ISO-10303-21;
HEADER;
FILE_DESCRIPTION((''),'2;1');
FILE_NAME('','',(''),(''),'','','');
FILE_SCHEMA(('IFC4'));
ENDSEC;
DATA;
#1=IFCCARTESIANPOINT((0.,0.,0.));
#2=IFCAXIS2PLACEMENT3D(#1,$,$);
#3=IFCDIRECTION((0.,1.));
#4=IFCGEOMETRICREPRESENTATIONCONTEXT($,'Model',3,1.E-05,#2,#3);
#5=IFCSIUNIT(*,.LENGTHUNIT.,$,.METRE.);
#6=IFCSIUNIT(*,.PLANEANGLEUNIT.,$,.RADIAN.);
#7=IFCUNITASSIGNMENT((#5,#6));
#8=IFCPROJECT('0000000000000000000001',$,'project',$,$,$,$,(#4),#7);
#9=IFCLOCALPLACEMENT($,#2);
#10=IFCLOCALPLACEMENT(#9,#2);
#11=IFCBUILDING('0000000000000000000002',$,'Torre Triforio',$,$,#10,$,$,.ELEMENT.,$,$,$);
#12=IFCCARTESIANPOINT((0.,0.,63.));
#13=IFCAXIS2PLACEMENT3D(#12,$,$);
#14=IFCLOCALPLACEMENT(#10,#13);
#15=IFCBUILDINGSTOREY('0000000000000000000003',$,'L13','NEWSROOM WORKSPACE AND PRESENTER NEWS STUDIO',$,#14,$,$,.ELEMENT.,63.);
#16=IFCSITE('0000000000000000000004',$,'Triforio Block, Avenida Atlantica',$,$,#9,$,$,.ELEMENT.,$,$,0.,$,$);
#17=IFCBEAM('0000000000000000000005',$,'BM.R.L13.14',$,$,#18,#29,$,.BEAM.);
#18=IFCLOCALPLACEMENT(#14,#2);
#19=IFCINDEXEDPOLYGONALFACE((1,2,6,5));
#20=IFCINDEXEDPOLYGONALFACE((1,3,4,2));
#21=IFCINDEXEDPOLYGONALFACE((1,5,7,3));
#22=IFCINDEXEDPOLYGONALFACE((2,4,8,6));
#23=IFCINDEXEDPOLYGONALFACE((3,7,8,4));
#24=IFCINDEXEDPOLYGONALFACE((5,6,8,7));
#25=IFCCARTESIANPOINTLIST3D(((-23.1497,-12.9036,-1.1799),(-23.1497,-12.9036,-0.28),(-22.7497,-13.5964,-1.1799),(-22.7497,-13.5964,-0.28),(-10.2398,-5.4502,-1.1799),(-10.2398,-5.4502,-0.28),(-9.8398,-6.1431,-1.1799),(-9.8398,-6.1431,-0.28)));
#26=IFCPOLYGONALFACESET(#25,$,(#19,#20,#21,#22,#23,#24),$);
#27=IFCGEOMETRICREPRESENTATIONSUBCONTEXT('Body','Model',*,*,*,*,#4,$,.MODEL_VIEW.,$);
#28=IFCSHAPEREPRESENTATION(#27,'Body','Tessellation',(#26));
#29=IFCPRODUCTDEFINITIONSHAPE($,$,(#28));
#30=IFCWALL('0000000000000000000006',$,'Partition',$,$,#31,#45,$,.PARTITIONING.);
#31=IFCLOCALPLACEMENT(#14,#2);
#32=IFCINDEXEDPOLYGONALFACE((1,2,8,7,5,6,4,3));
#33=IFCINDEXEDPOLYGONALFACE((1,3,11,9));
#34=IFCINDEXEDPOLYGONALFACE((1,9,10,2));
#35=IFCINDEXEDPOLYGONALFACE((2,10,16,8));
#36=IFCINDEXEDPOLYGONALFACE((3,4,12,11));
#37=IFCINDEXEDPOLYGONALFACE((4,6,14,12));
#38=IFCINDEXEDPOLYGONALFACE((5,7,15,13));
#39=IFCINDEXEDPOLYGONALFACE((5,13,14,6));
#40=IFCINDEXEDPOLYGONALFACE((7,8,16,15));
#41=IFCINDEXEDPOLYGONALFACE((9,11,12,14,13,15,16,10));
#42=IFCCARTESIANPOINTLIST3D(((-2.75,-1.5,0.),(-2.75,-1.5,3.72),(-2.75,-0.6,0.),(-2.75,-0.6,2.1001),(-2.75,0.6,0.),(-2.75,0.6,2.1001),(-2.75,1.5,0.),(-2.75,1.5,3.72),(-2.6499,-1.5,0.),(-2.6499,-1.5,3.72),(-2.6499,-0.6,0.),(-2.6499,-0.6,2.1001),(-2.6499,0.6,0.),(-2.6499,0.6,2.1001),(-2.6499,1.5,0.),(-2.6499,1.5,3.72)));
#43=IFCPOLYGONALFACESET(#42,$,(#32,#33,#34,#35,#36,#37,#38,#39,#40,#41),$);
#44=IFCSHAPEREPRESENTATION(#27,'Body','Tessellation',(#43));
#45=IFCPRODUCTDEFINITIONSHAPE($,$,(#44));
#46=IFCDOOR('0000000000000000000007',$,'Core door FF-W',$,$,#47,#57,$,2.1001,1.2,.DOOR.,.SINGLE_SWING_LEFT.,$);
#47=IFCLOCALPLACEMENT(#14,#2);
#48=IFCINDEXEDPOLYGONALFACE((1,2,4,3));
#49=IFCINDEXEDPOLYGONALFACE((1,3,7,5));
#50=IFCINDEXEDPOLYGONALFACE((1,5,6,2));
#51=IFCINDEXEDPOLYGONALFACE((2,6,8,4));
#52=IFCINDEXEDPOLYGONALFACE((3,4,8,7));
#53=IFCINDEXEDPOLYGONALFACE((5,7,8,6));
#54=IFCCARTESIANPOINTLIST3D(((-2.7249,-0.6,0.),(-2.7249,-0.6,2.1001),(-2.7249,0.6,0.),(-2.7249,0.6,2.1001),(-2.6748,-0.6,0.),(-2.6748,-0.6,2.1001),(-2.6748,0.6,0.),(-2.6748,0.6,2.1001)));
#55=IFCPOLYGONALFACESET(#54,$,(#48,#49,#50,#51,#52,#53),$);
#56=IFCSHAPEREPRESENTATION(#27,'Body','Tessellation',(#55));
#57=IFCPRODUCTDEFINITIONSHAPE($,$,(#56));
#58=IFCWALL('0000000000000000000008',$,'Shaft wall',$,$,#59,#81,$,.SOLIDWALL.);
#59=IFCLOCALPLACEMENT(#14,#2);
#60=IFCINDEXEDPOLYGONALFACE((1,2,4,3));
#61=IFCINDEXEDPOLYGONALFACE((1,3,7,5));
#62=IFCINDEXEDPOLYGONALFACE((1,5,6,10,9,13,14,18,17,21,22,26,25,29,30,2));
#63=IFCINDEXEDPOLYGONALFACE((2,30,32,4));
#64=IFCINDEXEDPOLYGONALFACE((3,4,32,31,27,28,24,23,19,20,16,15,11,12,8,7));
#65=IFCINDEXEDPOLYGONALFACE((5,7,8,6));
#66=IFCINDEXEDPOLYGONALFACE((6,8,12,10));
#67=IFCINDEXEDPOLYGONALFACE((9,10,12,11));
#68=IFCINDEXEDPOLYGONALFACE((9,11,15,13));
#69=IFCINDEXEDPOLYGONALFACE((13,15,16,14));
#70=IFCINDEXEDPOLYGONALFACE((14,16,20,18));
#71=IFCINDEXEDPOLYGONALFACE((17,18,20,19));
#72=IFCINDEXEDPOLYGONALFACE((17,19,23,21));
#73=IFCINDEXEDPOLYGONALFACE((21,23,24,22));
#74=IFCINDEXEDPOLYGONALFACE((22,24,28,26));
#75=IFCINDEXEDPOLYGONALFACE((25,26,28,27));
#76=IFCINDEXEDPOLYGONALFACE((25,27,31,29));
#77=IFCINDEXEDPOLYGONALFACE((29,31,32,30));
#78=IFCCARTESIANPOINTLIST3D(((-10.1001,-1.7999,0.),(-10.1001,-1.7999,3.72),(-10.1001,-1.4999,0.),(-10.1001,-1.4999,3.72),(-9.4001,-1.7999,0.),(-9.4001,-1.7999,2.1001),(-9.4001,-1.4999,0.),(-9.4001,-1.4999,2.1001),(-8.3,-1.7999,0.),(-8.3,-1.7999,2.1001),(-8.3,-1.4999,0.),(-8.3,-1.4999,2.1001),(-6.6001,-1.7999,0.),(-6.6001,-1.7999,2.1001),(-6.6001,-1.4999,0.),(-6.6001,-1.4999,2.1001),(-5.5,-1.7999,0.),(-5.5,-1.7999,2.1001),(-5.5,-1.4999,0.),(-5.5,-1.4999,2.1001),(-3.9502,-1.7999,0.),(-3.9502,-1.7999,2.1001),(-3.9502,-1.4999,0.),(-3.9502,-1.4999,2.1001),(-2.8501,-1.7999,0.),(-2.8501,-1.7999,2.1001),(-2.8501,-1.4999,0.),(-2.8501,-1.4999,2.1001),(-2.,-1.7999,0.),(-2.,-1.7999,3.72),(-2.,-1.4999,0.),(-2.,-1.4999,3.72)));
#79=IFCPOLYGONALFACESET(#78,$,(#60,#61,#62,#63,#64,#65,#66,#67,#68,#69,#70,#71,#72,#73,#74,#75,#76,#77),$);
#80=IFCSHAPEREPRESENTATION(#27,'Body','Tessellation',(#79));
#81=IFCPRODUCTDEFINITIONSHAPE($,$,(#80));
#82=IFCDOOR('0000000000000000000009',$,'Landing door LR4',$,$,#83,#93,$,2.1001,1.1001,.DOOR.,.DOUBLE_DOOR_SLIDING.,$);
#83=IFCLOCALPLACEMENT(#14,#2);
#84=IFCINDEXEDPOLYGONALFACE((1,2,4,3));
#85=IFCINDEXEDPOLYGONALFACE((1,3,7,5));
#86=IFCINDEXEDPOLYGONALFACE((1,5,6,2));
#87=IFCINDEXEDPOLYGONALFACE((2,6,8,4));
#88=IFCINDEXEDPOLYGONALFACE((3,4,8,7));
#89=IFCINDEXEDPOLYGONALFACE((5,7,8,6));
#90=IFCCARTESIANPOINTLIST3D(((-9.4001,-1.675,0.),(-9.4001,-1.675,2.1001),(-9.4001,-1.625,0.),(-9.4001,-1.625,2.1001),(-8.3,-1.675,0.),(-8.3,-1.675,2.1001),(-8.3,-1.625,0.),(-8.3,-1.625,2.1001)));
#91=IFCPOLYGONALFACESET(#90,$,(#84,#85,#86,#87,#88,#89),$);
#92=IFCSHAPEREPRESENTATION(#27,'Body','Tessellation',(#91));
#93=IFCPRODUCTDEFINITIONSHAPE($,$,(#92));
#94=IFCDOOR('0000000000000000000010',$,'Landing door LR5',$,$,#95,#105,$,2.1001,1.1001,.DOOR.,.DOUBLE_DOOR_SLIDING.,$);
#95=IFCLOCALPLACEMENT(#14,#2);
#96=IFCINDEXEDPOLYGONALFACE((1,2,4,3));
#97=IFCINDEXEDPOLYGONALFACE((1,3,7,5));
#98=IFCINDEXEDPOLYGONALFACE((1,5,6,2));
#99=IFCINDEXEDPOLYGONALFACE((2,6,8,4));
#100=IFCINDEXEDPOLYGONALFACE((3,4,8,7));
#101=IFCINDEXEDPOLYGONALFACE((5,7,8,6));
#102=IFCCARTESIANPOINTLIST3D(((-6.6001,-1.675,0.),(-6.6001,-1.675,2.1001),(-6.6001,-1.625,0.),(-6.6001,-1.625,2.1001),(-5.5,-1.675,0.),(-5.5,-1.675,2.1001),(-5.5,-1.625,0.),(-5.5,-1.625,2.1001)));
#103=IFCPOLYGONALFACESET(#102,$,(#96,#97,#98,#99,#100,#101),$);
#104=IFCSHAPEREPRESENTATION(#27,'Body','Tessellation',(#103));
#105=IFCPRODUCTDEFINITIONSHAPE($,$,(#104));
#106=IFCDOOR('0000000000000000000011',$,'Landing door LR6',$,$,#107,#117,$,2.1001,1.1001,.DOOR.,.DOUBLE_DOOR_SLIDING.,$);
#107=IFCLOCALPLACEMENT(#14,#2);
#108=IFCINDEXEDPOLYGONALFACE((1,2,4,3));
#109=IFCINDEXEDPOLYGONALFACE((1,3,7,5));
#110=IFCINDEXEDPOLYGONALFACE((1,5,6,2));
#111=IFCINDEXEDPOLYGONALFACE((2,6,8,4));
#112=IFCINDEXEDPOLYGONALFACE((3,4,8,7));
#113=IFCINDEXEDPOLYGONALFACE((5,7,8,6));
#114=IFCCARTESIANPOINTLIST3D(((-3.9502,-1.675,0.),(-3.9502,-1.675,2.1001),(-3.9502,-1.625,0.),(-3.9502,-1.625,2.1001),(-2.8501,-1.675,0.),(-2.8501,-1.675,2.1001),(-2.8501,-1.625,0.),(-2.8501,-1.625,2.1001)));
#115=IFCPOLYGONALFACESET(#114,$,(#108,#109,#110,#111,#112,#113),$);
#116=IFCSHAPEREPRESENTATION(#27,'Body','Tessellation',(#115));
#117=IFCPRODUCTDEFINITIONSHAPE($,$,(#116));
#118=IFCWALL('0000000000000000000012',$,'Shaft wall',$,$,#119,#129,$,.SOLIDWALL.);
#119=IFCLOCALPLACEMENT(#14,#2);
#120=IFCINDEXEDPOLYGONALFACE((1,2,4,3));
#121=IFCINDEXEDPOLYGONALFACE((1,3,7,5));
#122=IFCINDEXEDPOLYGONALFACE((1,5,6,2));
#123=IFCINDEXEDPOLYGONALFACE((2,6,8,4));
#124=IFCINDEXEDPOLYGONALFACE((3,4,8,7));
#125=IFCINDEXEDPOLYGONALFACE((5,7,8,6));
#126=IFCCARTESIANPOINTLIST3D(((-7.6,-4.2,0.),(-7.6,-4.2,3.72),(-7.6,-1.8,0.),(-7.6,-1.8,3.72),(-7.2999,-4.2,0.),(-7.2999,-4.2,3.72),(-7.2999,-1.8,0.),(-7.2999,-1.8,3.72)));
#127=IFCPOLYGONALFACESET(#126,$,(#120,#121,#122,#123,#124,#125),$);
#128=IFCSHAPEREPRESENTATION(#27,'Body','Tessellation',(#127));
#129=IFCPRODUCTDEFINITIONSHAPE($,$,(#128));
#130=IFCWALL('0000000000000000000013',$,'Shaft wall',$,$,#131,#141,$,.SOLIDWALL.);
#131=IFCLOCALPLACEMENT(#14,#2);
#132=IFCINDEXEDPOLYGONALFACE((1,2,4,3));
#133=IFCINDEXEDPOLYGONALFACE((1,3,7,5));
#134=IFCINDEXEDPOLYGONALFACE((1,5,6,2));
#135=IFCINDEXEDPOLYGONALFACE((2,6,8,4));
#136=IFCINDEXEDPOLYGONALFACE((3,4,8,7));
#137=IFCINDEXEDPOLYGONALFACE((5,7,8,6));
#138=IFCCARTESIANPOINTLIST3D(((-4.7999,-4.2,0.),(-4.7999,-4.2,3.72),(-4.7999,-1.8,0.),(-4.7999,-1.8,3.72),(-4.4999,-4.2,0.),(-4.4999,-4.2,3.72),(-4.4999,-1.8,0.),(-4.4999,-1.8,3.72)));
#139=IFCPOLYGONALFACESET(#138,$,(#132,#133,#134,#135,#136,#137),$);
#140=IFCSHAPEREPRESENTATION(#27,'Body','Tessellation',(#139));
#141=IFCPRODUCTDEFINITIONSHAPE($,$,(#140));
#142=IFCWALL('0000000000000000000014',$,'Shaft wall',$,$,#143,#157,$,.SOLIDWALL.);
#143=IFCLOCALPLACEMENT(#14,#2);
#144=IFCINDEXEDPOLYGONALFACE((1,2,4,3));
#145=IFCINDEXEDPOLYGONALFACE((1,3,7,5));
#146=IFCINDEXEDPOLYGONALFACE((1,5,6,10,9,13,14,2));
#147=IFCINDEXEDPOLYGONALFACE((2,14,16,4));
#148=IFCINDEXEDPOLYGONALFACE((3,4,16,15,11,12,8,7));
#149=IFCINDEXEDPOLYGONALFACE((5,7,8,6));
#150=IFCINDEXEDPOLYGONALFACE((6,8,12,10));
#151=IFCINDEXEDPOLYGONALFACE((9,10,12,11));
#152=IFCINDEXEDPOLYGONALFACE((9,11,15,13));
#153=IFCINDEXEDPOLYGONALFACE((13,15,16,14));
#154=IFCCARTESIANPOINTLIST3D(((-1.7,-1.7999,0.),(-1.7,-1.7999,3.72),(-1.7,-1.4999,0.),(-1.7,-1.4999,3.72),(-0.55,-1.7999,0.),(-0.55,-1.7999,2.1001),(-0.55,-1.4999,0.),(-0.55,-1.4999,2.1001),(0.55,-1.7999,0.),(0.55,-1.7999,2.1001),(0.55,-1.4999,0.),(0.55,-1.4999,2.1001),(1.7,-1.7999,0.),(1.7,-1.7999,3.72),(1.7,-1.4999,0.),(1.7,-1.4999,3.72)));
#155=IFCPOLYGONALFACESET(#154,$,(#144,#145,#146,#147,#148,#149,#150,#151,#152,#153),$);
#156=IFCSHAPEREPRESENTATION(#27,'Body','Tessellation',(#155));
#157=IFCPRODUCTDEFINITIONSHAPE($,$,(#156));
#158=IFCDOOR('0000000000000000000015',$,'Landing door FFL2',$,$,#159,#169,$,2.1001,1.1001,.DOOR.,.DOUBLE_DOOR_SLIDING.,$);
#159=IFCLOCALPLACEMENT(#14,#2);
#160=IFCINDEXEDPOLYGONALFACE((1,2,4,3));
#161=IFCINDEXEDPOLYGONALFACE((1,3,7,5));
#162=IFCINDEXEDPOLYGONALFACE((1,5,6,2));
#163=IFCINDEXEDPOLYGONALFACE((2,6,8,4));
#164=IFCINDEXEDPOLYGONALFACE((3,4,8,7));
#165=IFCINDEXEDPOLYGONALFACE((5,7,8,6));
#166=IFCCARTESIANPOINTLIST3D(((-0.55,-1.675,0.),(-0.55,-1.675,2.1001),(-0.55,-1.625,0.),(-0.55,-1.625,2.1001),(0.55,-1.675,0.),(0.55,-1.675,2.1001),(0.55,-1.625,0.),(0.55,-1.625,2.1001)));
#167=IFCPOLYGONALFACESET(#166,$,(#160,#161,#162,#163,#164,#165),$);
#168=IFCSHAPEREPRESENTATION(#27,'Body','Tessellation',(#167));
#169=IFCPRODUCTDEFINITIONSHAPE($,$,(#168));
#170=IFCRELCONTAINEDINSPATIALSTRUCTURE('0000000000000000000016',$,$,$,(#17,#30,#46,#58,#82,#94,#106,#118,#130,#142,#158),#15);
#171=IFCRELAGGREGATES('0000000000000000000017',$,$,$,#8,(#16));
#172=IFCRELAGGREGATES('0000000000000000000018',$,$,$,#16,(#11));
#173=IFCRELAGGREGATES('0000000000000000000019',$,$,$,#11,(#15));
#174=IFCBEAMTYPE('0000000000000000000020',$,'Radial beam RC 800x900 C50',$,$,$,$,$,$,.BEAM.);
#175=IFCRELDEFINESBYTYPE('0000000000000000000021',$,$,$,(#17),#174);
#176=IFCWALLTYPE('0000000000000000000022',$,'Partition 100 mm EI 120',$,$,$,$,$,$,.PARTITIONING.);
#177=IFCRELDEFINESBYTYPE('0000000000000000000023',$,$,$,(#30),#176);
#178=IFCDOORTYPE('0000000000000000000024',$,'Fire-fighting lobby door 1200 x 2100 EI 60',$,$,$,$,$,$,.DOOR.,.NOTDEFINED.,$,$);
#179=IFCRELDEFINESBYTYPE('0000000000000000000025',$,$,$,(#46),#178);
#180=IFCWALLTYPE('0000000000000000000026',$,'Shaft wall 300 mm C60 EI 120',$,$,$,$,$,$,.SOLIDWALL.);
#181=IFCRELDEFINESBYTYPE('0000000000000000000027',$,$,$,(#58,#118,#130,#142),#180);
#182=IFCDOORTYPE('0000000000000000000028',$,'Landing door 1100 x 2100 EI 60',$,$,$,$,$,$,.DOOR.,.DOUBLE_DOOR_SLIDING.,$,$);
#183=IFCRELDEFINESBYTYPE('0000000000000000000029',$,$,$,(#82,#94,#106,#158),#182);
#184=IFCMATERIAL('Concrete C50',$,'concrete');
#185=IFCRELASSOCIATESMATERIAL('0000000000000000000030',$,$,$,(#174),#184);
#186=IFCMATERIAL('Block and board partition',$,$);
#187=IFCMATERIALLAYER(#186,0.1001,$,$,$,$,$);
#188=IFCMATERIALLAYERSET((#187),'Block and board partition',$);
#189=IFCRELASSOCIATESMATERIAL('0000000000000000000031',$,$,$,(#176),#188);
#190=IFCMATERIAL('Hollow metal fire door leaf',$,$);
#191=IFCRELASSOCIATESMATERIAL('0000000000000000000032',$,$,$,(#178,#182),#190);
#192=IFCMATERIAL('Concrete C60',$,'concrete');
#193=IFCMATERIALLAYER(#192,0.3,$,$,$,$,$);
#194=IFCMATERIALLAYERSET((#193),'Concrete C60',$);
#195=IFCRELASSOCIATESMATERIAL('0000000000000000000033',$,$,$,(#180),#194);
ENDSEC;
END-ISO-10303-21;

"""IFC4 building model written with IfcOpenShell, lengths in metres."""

from ifc_helpers import new_model, si_unit, direction, frame, frame_2d, origin, origin_2d, place, context, subcontext, project, spatial, rectangle, extrude, material, layer, layer_set, material_profile, profile_set, type_object, element, fill, save


model = new_model("IFC4")

# Units and contexts
model_context = context("Model", 3, precision=1e-05, world=origin(), true_north=direction((0.0, 1.0)))
body_context = subcontext(model_context, "Body", "Model", "MODEL_VIEW")
ifc_project = project(units=[si_unit("LENGTHUNIT", "METRE"), si_unit("PLANEANGLEUNIT", "RADIAN")], contexts=[model_context])

# Site, building, storey
site_placement = place(None, origin())
site = spatial("IfcSite", under=ifc_project, at=site_placement, Name="Triforio Block, Avenida Atlantica", CompositionType="ELEMENT", RefElevation=0.0)
building_placement = place(site_placement, origin())
building = spatial("IfcBuilding", under=site, at=building_placement, Name="Torre Triforio", CompositionType="ELEMENT")
storey_placement = place(building_placement, frame((0.0, 0.0, 63.0)))
storey = spatial("IfcBuildingStorey", under=building, at=storey_placement, Name="L13", Description="NEWSROOM WORKSPACE AND PRESENTER NEWS STUDIO", CompositionType="ELEMENT", Elevation=63.0)

# Beam
ifc_material_1 = material(Name="Concrete C50", Category="concrete")
ifc_material_profile = material_profile(ifc_material_1, rectangle(XDim=0.8, YDim=0.8999, at=origin_2d()), Name="RC 800x900")
ifc_profile_set = profile_set([ifc_material_profile], Name="Concrete C50")
beam_type = type_object("IfcBeamType", Name="Radial beam RC 800x900 C50", PredefinedType="BEAM", material=ifc_profile_set)
beam_placement = place(storey_placement, frame((-10.0398, -5.7966, -0.73), z_axis=(-0.86603, -0.499991, 0.0), x_axis=(0.499991, -0.86603, 0.0)))
element("IfcBeam", 1, at=beam_placement, inside=storey, type_object=beam_type, Name="BM.R.L13.14", PredefinedType="BEAM", context=body_context, shape_type="SweptSolid", body=[
    extrude(rectangle(XDim=0.8, YDim=0.8999, at=origin_2d()), origin(), (0.0, 0.0, 1.0), 14.907),
])

# Wall, opening, door
ifc_material_2 = material(Name="Block and board partition")
ifc_layer_1 = layer(ifc_material_2, 0.1001)
ifc_layer_set_1 = layer_set([ifc_layer_1], Name="Block and board partition")
wall_type_1 = type_object("IfcWallType", Name="Partition 100 mm EI 120", PredefinedType="PARTITIONING", material=ifc_layer_set_1)
wall_1_placement = place(storey_placement, frame((-2.7, -1.5, 0.0), z_axis=(0.0, 0.0, 1.0), x_axis=(0.0, 1.0, 0.0)))
wall_1 = element("IfcWall", 2, at=wall_1_placement, inside=storey, type_object=wall_type_1, Name="Partition", PredefinedType="PARTITIONING", context=body_context, shape_type="SweptSolid", body=[
    extrude(rectangle(XDim=3.0, YDim=0.1001, at=frame_2d((1.5, 0.0))), origin(), (0.0, 0.0, 1.0), 3.72),
])
opening_1_placement = place(wall_1_placement, frame((0.8999, 0.0, 0.0)))
opening_1 = element("IfcOpeningElement", 3, at=opening_1_placement, cuts=wall_1, PredefinedType="OPENING", context=body_context, shape_type="SweptSolid", body=[
    extrude(rectangle(XDim=1.2, YDim=2.1001, at=frame_2d((0.6001, 1.05))), frame((0.0, 0.0601, 0.0), z_axis=(0.0, -1.0, 0.0), x_axis=(1.0, 0.0, 0.0)), (0.0, 0.0, 1.0), 0.1201),
])
ifc_material_3 = material(Name="Hollow metal fire door leaf")
door_type_1 = type_object("IfcDoorType", Name="Fire-fighting lobby door 1200 x 2100 EI 60", OperationType="NOTDEFINED", PredefinedType="DOOR", material=ifc_material_3)
door_1_placement = place(opening_1_placement, origin())
door_1 = element("IfcDoor", 4, at=door_1_placement, inside=storey, type_object=door_type_1, Name="Core door FF-W", OperationType="SINGLE_SWING_LEFT", OverallHeight=2.1001, OverallWidth=1.2, PredefinedType="DOOR", context=body_context, shape_type="SweptSolid", body=[
    extrude(rectangle(XDim=1.2, YDim=2.1001, at=frame_2d((0.6001, 1.05))), frame((0.0, 0.0249, 0.0), z_axis=(0.0, -1.0, 0.0), x_axis=(1.0, 0.0, 0.0)), (0.0, 0.0, 1.0), 0.05),
])
fill(opening_1, door_1)

# Wall, openings, doors
ifc_material_4 = material(Name="Concrete C60", Category="concrete")
ifc_layer_2 = layer(ifc_material_4, 0.3)
ifc_layer_set_2 = layer_set([ifc_layer_2], Name="Concrete C60")
wall_type_2 = type_object("IfcWallType", Name="Shaft wall 300 mm C60 EI 120", PredefinedType="SOLIDWALL", material=ifc_layer_set_2)
wall_2_placement = place(storey_placement, frame((-10.1001, -1.6499, 0.0), z_axis=(0.0, 0.0, 1.0), x_axis=(1.0, 0.0, 0.0)))
wall_2 = element("IfcWall", 5, at=wall_2_placement, inside=storey, type_object=wall_type_2, Name="Shaft wall", PredefinedType="SOLIDWALL", context=body_context, shape_type="SweptSolid", body=[
    extrude(rectangle(XDim=8.1001, YDim=0.3, at=frame_2d((4.05, 0.0))), origin(), (0.0, 0.0, 1.0), 3.72),
])
opening_2_placement = place(wall_2_placement, frame((0.7, 0.0, 0.0)))
opening_2 = element("IfcOpeningElement", 6, at=opening_2_placement, cuts=wall_2, PredefinedType="OPENING", context=body_context, shape_type="SweptSolid", body=[
    extrude(rectangle(XDim=1.1001, YDim=2.1001, at=frame_2d((0.55, 1.05))), frame((0.0, 0.1599, 0.0), z_axis=(0.0, -1.0, 0.0), x_axis=(1.0, 0.0, 0.0)), (0.0, 0.0, 1.0), 0.3201),
])
opening_3_placement = place(wall_2_placement, frame((3.5, 0.0, 0.0)))
opening_3 = element("IfcOpeningElement", 7, at=opening_3_placement, cuts=wall_2, PredefinedType="OPENING", context=body_context, shape_type="SweptSolid", body=[
    extrude(rectangle(XDim=1.1001, YDim=2.1001, at=frame_2d((0.55, 1.05))), frame((0.0, 0.1599, 0.0), z_axis=(0.0, -1.0, 0.0), x_axis=(1.0, 0.0, 0.0)), (0.0, 0.0, 1.0), 0.3201),
])
opening_4_placement = place(wall_2_placement, frame((6.1499, 0.0, 0.0)))
opening_4 = element("IfcOpeningElement", 8, at=opening_4_placement, cuts=wall_2, PredefinedType="OPENING", context=body_context, shape_type="SweptSolid", body=[
    extrude(rectangle(XDim=1.1001, YDim=2.1001, at=frame_2d((0.55, 1.05))), frame((0.0, 0.1599, 0.0), z_axis=(0.0, -1.0, 0.0), x_axis=(1.0, 0.0, 0.0)), (0.0, 0.0, 1.0), 0.3201),
])
door_type_2 = type_object("IfcDoorType", Name="Landing door 1100 x 2100 EI 60", OperationType="DOUBLE_DOOR_SLIDING", PredefinedType="DOOR", material=ifc_material_3)
door_2_placement = place(opening_2_placement, origin())
door_2 = element("IfcDoor", 9, at=door_2_placement, inside=storey, type_object=door_type_2, Name="Landing door LR4", OperationType="DOUBLE_DOOR_SLIDING", OverallHeight=2.1001, OverallWidth=1.1001, PredefinedType="DOOR", context=body_context, shape_type="SweptSolid", body=[
    extrude(rectangle(XDim=1.1001, YDim=2.1001, at=frame_2d((0.55, 1.05))), frame((0.0, 0.0249, 0.0), z_axis=(0.0, -1.0, 0.0), x_axis=(1.0, 0.0, 0.0)), (0.0, 0.0, 1.0), 0.05),
])
fill(opening_2, door_2)
door_3_placement = place(opening_3_placement, origin())
door_3 = element("IfcDoor", 10, at=door_3_placement, inside=storey, type_object=door_type_2, Name="Landing door LR5", OperationType="DOUBLE_DOOR_SLIDING", OverallHeight=2.1001, OverallWidth=1.1001, PredefinedType="DOOR", context=body_context, shape_type="SweptSolid", body=[
    extrude(rectangle(XDim=1.1001, YDim=2.1001, at=frame_2d((0.55, 1.05))), frame((0.0, 0.0249, 0.0), z_axis=(0.0, -1.0, 0.0), x_axis=(1.0, 0.0, 0.0)), (0.0, 0.0, 1.0), 0.05),
])
fill(opening_3, door_3)
door_4_placement = place(opening_4_placement, origin())
door_4 = element("IfcDoor", 11, at=door_4_placement, inside=storey, type_object=door_type_2, Name="Landing door LR6", OperationType="DOUBLE_DOOR_SLIDING", OverallHeight=2.1001, OverallWidth=1.1001, PredefinedType="DOOR", context=body_context, shape_type="SweptSolid", body=[
    extrude(rectangle(XDim=1.1001, YDim=2.1001, at=frame_2d((0.55, 1.05))), frame((0.0, 0.0249, 0.0), z_axis=(0.0, -1.0, 0.0), x_axis=(1.0, 0.0, 0.0)), (0.0, 0.0, 1.0), 0.05),
])
fill(opening_4, door_4)

# Walls
for number, where, z_axis, x_axis, name in (
    (12, (-7.45, -4.2, 0.0), (0.0, 0.0, 1.0), (0.0, 1.0, 0.0), "Shaft wall"),
    (13, (-4.6499, -4.2, 0.0), (0.0, 0.0, 1.0), (0.0, 1.0, 0.0), "Shaft wall"),
):
    element("IfcWall", number, at=place(storey_placement, frame(where, z_axis=z_axis, x_axis=x_axis)), inside=storey, type_object=wall_type_2, Name=name, PredefinedType="SOLIDWALL", context=body_context, shape_type="SweptSolid", body=[
        extrude(rectangle(XDim=2.3999, YDim=0.3, at=frame_2d((1.2, 0.0))), origin(), (0.0, 0.0, 1.0), 3.72),
    ])

# Wall, opening, door
wall_3_placement = place(storey_placement, frame((-1.7, -1.6499, 0.0), z_axis=(0.0, 0.0, 1.0), x_axis=(1.0, 0.0, 0.0)))
wall_3 = element("IfcWall", 14, at=wall_3_placement, inside=storey, type_object=wall_type_2, Name="Shaft wall", PredefinedType="SOLIDWALL", context=body_context, shape_type="SweptSolid", body=[
    extrude(rectangle(XDim=3.3999, YDim=0.3, at=frame_2d((1.7, 0.0))), origin(), (0.0, 0.0, 1.0), 3.72),
])
opening_5_placement = place(wall_3_placement, frame((1.1499, 0.0, 0.0)))
opening_5 = element("IfcOpeningElement", 15, at=opening_5_placement, cuts=wall_3, PredefinedType="OPENING", context=body_context, shape_type="SweptSolid", body=[
    extrude(rectangle(XDim=1.1001, YDim=2.1001, at=frame_2d((0.55, 1.05))), frame((0.0, 0.1599, 0.0), z_axis=(0.0, -1.0, 0.0), x_axis=(1.0, 0.0, 0.0)), (0.0, 0.0, 1.0), 0.3201),
])
door_5_placement = place(opening_5_placement, origin())
door_5 = element("IfcDoor", 16, at=door_5_placement, inside=storey, type_object=door_type_2, Name="Landing door FFL2", OperationType="DOUBLE_DOOR_SLIDING", OverallHeight=2.1001, OverallWidth=1.1001, PredefinedType="DOOR", context=body_context, shape_type="SweptSolid", body=[
    extrude(rectangle(XDim=1.1001, YDim=2.1001, at=frame_2d((0.55, 1.05))), frame((0.0, 0.0249, 0.0), z_axis=(0.0, -1.0, 0.0), x_axis=(1.0, 0.0, 0.0)), (0.0, 0.0, 1.0), 0.05),
])
fill(opening_5, door_5)

save(model, "model.ifc")
